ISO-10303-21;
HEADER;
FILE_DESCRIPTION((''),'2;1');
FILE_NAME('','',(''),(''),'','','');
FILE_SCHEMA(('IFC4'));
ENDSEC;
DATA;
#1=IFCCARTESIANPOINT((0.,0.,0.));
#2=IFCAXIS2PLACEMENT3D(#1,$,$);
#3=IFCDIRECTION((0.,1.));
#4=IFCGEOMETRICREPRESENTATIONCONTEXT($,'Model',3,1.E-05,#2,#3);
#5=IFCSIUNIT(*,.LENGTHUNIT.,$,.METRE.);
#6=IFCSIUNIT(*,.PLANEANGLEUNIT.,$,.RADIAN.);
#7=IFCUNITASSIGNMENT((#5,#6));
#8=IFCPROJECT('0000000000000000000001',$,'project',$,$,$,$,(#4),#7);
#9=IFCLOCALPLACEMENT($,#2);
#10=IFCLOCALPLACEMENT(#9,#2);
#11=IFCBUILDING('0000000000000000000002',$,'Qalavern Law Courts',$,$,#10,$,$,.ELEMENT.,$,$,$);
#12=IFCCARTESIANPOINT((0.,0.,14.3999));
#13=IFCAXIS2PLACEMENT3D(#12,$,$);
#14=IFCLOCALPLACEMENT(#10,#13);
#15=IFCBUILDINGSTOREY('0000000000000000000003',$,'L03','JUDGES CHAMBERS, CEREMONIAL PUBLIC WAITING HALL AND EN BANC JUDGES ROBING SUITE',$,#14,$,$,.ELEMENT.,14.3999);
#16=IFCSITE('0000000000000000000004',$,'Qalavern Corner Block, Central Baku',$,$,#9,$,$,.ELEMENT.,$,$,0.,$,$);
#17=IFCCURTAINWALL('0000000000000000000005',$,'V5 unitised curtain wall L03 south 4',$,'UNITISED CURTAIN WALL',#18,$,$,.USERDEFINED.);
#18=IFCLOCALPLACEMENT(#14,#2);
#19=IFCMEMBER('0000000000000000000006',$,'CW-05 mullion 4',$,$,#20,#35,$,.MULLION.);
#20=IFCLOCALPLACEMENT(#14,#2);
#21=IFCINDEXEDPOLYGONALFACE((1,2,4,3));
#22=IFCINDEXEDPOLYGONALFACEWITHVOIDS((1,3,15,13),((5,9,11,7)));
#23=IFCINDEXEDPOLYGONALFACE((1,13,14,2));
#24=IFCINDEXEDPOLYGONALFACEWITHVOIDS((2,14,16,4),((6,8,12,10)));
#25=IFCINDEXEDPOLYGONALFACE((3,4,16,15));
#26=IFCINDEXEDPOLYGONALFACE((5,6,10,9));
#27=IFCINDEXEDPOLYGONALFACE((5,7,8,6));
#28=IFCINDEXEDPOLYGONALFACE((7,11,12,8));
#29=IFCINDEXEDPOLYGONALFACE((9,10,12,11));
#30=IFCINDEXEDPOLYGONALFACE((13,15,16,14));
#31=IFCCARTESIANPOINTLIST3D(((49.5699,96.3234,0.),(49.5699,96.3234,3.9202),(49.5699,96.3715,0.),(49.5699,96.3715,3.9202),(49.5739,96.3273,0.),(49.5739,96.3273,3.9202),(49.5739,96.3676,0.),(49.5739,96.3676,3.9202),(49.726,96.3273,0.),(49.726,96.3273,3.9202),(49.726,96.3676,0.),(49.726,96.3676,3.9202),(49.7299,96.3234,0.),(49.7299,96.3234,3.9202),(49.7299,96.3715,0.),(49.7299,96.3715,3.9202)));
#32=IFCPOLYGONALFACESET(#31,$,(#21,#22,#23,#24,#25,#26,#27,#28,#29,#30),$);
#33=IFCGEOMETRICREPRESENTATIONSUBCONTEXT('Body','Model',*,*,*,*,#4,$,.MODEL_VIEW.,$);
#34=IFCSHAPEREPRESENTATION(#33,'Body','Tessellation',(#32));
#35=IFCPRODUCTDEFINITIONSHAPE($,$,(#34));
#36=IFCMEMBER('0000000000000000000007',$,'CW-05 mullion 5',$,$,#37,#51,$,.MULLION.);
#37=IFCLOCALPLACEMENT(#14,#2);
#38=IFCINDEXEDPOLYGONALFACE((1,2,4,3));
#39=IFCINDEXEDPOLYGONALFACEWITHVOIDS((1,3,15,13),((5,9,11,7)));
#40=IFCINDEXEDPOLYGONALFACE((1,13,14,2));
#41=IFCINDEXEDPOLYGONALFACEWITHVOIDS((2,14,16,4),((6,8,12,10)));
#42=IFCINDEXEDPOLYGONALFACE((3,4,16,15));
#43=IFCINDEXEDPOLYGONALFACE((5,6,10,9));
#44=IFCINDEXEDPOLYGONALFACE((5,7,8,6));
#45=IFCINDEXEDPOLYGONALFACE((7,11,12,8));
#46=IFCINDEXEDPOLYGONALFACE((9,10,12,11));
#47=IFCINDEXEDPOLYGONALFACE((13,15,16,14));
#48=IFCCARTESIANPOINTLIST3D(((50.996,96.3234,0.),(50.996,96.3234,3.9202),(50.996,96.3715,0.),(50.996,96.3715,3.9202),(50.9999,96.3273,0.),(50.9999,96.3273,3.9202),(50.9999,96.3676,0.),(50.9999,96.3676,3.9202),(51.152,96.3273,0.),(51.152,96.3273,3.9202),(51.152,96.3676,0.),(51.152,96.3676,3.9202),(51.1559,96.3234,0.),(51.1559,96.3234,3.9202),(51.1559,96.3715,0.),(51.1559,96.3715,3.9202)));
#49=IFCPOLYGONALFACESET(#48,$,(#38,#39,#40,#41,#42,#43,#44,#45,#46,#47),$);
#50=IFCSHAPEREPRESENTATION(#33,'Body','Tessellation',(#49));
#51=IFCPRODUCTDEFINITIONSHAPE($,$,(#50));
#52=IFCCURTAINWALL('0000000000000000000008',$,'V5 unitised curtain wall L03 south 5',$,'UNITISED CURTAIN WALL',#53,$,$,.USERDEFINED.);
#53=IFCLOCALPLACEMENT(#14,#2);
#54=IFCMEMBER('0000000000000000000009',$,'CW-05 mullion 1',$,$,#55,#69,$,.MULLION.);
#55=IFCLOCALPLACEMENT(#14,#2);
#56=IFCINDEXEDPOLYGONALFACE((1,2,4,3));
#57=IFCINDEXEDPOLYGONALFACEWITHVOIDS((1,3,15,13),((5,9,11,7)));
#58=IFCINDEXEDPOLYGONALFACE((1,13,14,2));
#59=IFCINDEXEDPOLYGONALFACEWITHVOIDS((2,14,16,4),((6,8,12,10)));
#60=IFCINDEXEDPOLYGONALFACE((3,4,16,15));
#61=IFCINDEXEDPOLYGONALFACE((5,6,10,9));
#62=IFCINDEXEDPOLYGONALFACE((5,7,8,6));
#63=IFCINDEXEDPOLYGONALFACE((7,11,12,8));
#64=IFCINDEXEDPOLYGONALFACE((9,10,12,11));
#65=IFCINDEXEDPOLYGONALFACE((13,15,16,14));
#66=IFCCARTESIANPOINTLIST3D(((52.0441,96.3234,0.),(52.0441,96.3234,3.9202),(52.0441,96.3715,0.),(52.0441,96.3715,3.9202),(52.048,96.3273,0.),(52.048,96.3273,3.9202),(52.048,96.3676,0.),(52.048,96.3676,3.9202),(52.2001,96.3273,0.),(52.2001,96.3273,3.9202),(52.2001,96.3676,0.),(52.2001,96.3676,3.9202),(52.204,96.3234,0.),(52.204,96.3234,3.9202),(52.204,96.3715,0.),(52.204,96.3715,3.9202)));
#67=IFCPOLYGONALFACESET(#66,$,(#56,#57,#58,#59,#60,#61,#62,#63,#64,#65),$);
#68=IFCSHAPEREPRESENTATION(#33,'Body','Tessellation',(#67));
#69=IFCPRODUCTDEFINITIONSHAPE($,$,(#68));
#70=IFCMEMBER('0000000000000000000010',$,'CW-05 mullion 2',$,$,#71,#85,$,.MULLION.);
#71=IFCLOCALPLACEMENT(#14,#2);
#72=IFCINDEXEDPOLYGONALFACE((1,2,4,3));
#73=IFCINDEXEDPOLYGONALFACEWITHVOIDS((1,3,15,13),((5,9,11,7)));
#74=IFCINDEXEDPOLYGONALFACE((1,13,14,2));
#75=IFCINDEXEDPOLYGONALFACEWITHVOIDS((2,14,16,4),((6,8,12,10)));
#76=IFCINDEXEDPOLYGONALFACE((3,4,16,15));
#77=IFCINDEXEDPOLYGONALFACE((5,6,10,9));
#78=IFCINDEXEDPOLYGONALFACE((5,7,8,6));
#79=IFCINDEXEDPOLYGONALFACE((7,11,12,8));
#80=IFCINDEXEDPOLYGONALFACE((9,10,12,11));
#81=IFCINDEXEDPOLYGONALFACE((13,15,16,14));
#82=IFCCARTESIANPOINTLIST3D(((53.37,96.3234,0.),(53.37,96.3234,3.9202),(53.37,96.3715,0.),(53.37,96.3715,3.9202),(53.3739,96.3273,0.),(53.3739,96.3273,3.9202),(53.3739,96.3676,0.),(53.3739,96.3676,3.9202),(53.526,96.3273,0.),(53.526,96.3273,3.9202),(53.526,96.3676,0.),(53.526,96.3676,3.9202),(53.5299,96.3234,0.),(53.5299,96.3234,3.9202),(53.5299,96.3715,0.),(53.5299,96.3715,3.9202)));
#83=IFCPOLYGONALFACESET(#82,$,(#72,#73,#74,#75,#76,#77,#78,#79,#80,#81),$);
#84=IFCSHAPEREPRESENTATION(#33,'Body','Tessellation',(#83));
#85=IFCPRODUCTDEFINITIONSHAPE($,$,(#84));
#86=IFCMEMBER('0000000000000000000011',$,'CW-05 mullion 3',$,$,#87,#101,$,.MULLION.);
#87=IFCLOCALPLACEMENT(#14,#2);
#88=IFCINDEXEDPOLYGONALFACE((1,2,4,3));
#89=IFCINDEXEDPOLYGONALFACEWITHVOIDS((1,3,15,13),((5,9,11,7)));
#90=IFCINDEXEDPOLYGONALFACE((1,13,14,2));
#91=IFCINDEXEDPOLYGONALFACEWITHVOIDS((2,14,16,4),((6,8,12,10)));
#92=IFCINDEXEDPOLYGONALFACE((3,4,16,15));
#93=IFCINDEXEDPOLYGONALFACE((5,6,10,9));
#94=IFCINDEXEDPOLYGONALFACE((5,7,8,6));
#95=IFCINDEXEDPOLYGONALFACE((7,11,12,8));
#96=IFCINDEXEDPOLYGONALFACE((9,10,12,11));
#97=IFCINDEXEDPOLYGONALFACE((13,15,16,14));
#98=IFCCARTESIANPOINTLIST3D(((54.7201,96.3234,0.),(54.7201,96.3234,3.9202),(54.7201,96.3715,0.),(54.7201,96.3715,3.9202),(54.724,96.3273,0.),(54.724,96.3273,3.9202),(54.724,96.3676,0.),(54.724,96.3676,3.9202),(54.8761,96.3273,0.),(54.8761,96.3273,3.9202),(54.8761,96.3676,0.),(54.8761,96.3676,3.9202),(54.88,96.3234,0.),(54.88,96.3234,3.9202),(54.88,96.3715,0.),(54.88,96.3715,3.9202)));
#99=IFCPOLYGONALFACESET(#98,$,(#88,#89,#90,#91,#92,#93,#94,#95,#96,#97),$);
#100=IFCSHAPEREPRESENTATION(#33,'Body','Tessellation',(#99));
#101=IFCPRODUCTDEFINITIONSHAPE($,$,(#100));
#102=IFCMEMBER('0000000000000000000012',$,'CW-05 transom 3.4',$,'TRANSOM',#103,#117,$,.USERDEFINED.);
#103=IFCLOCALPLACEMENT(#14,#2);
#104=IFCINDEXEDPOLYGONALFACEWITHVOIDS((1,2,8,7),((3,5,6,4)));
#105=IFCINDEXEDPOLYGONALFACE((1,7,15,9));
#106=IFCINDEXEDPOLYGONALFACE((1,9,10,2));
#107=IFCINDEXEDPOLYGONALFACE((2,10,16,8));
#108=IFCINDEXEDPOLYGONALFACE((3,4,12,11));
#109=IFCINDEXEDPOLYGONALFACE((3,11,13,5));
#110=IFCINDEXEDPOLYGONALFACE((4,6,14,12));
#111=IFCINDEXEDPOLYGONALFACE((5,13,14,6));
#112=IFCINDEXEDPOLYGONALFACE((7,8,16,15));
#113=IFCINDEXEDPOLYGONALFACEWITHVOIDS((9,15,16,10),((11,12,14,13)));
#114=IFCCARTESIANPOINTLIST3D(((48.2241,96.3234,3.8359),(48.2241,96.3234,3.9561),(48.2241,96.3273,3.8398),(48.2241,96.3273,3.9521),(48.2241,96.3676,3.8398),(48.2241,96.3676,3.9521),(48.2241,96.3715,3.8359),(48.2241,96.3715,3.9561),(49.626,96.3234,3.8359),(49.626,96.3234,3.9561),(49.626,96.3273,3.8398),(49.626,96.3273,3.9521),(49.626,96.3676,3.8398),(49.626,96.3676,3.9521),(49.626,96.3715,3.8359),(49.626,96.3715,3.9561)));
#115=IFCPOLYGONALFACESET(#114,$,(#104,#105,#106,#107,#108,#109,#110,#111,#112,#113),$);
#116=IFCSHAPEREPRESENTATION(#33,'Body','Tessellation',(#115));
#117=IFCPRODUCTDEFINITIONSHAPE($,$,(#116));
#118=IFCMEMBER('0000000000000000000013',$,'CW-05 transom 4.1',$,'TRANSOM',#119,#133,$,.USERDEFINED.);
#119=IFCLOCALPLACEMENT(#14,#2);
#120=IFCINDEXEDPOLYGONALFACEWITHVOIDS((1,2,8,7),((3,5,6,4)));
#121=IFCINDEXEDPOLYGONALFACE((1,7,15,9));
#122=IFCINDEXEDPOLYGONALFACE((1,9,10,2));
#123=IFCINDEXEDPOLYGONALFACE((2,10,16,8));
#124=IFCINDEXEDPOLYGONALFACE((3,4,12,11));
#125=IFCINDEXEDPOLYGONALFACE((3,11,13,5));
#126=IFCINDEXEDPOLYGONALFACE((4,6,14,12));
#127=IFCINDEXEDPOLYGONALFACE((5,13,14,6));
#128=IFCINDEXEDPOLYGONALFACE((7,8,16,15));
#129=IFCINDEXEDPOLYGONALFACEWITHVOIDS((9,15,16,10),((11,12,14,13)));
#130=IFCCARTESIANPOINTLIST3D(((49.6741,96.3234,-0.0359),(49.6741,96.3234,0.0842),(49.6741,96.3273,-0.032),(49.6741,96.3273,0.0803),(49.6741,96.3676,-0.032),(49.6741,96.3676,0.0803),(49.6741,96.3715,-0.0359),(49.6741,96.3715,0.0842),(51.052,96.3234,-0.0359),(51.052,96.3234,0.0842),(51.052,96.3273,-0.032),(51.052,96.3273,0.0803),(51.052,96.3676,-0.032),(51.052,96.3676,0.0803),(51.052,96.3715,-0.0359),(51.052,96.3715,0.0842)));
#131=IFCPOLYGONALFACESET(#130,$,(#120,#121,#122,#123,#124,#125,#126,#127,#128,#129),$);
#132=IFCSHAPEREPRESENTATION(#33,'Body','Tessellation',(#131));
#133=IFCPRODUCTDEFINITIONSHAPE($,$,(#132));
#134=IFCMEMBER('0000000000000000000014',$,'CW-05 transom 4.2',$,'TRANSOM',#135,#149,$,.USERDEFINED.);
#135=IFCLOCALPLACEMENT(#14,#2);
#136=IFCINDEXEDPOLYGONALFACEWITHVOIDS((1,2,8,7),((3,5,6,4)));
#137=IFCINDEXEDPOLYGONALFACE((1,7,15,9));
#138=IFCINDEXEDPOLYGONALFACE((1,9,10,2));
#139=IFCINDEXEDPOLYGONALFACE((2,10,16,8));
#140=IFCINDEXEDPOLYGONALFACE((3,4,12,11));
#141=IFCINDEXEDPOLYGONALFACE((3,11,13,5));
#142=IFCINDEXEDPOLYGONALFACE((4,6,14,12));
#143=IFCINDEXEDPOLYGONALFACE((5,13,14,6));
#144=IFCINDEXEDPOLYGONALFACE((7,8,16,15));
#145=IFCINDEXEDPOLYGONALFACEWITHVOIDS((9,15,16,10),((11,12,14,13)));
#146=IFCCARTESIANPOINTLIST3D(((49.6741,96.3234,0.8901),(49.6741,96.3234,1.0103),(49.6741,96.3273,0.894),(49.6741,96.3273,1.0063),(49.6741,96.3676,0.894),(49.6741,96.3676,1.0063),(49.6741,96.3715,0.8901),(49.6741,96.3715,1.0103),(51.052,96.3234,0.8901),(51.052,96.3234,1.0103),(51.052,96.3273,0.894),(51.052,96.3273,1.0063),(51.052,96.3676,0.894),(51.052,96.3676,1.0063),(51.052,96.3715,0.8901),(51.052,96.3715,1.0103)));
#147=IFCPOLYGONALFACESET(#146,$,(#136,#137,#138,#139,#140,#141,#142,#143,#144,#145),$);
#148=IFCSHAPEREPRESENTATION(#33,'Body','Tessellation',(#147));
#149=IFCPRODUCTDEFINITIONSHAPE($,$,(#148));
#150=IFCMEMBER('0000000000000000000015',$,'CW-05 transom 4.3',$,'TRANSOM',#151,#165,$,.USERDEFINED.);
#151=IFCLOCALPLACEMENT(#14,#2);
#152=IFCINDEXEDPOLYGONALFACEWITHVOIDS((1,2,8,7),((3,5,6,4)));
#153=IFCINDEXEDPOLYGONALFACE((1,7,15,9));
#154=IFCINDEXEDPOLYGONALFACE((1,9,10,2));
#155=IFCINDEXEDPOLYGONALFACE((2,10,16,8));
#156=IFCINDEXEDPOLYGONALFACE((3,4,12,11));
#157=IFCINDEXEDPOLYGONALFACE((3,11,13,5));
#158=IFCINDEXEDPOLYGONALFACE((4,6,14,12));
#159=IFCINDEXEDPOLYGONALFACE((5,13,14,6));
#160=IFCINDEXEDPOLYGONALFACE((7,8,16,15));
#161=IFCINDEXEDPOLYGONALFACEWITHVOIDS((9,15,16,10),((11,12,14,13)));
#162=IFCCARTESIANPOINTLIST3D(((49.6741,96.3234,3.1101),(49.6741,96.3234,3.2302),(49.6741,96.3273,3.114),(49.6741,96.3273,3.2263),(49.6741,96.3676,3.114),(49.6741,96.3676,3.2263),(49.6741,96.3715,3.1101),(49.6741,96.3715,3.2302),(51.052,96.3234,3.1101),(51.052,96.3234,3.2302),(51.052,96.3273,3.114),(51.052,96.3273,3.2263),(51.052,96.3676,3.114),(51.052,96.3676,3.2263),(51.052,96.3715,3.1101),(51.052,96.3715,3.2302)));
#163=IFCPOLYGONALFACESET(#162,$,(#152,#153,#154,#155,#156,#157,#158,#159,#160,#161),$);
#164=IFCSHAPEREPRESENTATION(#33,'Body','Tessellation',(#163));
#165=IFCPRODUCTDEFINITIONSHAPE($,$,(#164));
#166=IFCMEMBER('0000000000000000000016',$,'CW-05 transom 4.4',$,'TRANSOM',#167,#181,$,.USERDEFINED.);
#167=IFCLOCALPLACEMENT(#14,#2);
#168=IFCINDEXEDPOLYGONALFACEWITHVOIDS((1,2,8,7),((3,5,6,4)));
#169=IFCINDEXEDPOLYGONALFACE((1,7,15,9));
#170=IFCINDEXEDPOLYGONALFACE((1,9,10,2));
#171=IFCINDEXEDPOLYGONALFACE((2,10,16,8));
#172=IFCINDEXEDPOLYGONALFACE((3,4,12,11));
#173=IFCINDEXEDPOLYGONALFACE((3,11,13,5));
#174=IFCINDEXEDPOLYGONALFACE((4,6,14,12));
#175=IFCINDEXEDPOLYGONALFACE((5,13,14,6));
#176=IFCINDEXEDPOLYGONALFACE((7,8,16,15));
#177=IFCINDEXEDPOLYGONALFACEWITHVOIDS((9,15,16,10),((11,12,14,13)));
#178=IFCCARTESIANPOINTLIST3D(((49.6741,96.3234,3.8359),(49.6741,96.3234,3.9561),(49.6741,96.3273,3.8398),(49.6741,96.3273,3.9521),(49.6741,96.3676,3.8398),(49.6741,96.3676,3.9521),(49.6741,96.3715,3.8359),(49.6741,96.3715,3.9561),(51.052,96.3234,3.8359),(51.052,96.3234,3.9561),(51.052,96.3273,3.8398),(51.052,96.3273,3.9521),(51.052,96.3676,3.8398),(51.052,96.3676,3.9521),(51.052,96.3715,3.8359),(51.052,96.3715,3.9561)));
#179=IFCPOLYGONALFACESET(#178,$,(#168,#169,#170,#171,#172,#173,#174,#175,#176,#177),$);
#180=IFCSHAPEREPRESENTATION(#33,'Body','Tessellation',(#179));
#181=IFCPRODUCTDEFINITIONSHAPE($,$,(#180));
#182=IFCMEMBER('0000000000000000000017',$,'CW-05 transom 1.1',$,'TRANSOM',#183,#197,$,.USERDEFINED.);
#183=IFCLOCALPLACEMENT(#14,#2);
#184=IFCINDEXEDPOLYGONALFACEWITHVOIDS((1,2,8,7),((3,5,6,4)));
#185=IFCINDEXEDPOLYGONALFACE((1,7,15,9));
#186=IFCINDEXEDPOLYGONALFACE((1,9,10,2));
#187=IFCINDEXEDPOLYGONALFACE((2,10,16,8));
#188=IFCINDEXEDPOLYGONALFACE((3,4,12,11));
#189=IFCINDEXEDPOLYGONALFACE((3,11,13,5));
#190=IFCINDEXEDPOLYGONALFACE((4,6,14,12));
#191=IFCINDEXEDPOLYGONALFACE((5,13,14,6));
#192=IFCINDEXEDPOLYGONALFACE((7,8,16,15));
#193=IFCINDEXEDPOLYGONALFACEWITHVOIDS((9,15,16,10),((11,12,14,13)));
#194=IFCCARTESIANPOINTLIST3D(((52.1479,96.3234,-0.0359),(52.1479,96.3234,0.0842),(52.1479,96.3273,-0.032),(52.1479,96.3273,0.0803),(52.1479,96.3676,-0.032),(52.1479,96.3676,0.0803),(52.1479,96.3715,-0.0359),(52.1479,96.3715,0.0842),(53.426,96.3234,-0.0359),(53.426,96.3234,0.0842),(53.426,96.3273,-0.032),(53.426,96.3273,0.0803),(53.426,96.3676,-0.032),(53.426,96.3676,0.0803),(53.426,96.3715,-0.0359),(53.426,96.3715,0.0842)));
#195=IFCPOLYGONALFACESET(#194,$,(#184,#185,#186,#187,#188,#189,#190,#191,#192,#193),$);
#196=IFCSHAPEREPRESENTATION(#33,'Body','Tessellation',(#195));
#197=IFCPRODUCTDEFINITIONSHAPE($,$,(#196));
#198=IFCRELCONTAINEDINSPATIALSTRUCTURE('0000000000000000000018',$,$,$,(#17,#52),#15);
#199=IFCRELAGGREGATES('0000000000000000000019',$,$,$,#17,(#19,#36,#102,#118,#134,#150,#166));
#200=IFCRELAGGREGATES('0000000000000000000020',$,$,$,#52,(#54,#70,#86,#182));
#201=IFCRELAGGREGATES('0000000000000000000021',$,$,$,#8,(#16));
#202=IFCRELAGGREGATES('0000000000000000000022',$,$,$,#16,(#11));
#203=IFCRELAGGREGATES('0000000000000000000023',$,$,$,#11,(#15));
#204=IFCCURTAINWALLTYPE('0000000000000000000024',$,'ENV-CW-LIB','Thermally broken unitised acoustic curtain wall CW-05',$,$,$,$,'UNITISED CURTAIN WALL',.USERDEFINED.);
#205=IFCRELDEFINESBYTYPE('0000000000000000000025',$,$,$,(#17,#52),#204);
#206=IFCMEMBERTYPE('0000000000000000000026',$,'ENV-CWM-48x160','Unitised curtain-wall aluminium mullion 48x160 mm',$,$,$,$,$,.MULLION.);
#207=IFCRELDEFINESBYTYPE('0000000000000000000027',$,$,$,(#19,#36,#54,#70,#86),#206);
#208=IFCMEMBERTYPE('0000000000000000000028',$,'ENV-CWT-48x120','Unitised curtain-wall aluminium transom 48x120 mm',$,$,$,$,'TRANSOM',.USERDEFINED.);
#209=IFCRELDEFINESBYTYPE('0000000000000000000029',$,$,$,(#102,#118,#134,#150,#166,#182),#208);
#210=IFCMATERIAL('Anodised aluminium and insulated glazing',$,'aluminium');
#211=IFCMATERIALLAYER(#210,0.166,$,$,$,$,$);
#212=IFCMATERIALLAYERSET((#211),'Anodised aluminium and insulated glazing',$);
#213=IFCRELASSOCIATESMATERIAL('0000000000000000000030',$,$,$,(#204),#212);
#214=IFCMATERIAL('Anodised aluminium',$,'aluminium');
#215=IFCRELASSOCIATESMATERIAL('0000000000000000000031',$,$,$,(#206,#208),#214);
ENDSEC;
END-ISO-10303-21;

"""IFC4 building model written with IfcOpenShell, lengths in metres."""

from ifc_helpers import new_model, si_unit, direction, frame, origin, origin_2d, place, context, subcontext, project, spatial, hollow_rectangle, extrude, material, layer, layer_set, material_profile, profile_set, type_object, element, aggregate, save


model = new_model("IFC4")

# Units and contexts
model_context = context("Model", 3, precision=1e-05, world=origin(), true_north=direction((0.0, 1.0)))
body_context = subcontext(model_context, "Body", "Model", "MODEL_VIEW")
ifc_project = project(units=[si_unit("LENGTHUNIT", "METRE"), si_unit("PLANEANGLEUNIT", "RADIAN")], contexts=[model_context])

# Site, building, storey
site_placement = place(None, origin())
site = spatial("IfcSite", under=ifc_project, at=site_placement, Name="Qalavern Corner Block, Central Baku", CompositionType="ELEMENT", RefElevation=0.0)
building_placement = place(site_placement, origin())
building = spatial("IfcBuilding", under=site, at=building_placement, Name="Qalavern Law Courts", CompositionType="ELEMENT")
storey_placement = place(building_placement, frame((0.0, 0.0, 14.3999)))
storey = spatial("IfcBuildingStorey", under=building, at=storey_placement, Name="L03", Description="JUDGES CHAMBERS, CEREMONIAL PUBLIC WAITING HALL AND EN BANC JUDGES ROBING SUITE", CompositionType="ELEMENT", Elevation=14.3999)

# Curtain walls, members
ifc_material_1 = material(Name="Anodised aluminium and insulated glazing", Category="aluminium")
ifc_layer_1 = layer(ifc_material_1, 0.166)
ifc_layer_set_1 = layer_set([ifc_layer_1], Name="Anodised aluminium and insulated glazing")
curtain_wall_type = type_object("IfcCurtainWallType", Name="ENV-CW-LIB", Description="Thermally broken unitised acoustic curtain wall CW-05", ElementType="UNITISED CURTAIN WALL", PredefinedType="USERDEFINED", material=ifc_layer_set_1)
curtain_wall_1_placement = place(storey_placement, origin())
curtain_wall_1 = element("IfcCurtainWall", 1, at=curtain_wall_1_placement, inside=storey, type_object=curtain_wall_type, Name="V5 unitised curtain wall L03 south 4", ObjectType="UNITISED CURTAIN WALL", PredefinedType="USERDEFINED")
ifc_material_2 = material(Name="Anodised aluminium", Category="aluminium")
ifc_material_profile_1 = material_profile(ifc_material_2, hollow_rectangle(XDim=0.0481, YDim=0.1599, WallThickness=0.0039, at=origin_2d()), Name="ALU MULLION 48x160")
ifc_profile_set_1 = profile_set([ifc_material_profile_1], Name="Anodised aluminium")
member_type_1 = type_object("IfcMemberType", Name="ENV-CWM-48x160", Description="Unitised curtain-wall aluminium mullion 48x160 mm", PredefinedType="MULLION", material=ifc_profile_set_1)
member_1_placement = place(storey_placement, frame((49.6499, 96.3474, 0.0), z_axis=(0.0, 0.0, 1.0), x_axis=(0.0, 1.0, 0.0)))
member_1 = element("IfcMember", 2, at=member_1_placement, type_object=member_type_1, Name="CW-05 mullion 4", PredefinedType="MULLION", context=body_context, shape_type="SweptSolid", body=[
    extrude(hollow_rectangle(XDim=0.0481, YDim=0.1599, WallThickness=0.0039, at=origin_2d()), origin(), (0.0, 0.0, 1.0), 3.9202),
])
member_2_placement = place(storey_placement, frame((51.0759, 96.3474, 0.0), z_axis=(0.0, 0.0, 1.0), x_axis=(0.0, 1.0, 0.0)))
member_2 = element("IfcMember", 3, at=member_2_placement, type_object=member_type_1, Name="CW-05 mullion 5", PredefinedType="MULLION", context=body_context, shape_type="SweptSolid", body=[
    extrude(hollow_rectangle(XDim=0.0481, YDim=0.1599, WallThickness=0.0039, at=origin_2d()), origin(), (0.0, 0.0, 1.0), 3.9202),
])
curtain_wall_2_placement = place(storey_placement, origin())
curtain_wall_2 = element("IfcCurtainWall", 4, at=curtain_wall_2_placement, inside=storey, type_object=curtain_wall_type, Name="V5 unitised curtain wall L03 south 5", ObjectType="UNITISED CURTAIN WALL", PredefinedType="USERDEFINED")
member_3_placement = place(storey_placement, frame((52.124, 96.3474, 0.0), z_axis=(0.0, 0.0, 1.0), x_axis=(0.0, 1.0, 0.0)))
member_3 = element("IfcMember", 5, at=member_3_placement, type_object=member_type_1, Name="CW-05 mullion 1", PredefinedType="MULLION", context=body_context, shape_type="SweptSolid", body=[
    extrude(hollow_rectangle(XDim=0.0481, YDim=0.1599, WallThickness=0.0039, at=origin_2d()), origin(), (0.0, 0.0, 1.0), 3.9202),
])
member_4_placement = place(storey_placement, frame((53.45, 96.3474, 0.0), z_axis=(0.0, 0.0, 1.0), x_axis=(0.0, 1.0, 0.0)))
member_4 = element("IfcMember", 6, at=member_4_placement, type_object=member_type_1, Name="CW-05 mullion 2", PredefinedType="MULLION", context=body_context, shape_type="SweptSolid", body=[
    extrude(hollow_rectangle(XDim=0.0481, YDim=0.1599, WallThickness=0.0039, at=origin_2d()), origin(), (0.0, 0.0, 1.0), 3.9202),
])
member_5_placement = place(storey_placement, frame((54.8, 96.3474, 0.0), z_axis=(0.0, 0.0, 1.0), x_axis=(0.0, 1.0, 0.0)))
member_5 = element("IfcMember", 7, at=member_5_placement, type_object=member_type_1, Name="CW-05 mullion 3", PredefinedType="MULLION", context=body_context, shape_type="SweptSolid", body=[
    extrude(hollow_rectangle(XDim=0.0481, YDim=0.1599, WallThickness=0.0039, at=origin_2d()), origin(), (0.0, 0.0, 1.0), 3.9202),
])

# Members
ifc_material_profile_2 = material_profile(ifc_material_2, hollow_rectangle(XDim=0.0481, YDim=0.1201, WallThickness=0.0039, at=origin_2d()), Name="ALU TRANSOM 48x120")
ifc_profile_set_2 = profile_set([ifc_material_profile_2], Name="Anodised aluminium")
member_type_2 = type_object("IfcMemberType", Name="ENV-CWT-48x120", Description="Unitised curtain-wall aluminium transom 48x120 mm", ElementType="TRANSOM", PredefinedType="USERDEFINED", material=ifc_profile_set_2)
member_6_placement = place(storey_placement, frame((48.2241, 96.3474, 3.896), z_axis=(1.0, 0.0, 0.0), x_axis=(0.0, 1.0, 0.0)))
member_6 = element("IfcMember", 8, at=member_6_placement, type_object=member_type_2, Name="CW-05 transom 3.4", ObjectType="TRANSOM", PredefinedType="USERDEFINED", context=body_context, shape_type="SweptSolid", body=[
    extrude(hollow_rectangle(XDim=0.0481, YDim=0.1201, WallThickness=0.0039, at=origin_2d()), origin(), (0.0, 0.0, 1.0), 1.4019),
])
member_7_placement = place(storey_placement, frame((49.6741, 96.3474, 0.0242), z_axis=(1.0, 0.0, 0.0), x_axis=(0.0, 1.0, 0.0)))
member_7 = element("IfcMember", 9, at=member_7_placement, type_object=member_type_2, Name="CW-05 transom 4.1", ObjectType="TRANSOM", PredefinedType="USERDEFINED", context=body_context, shape_type="SweptSolid", body=[
    extrude(hollow_rectangle(XDim=0.0481, YDim=0.1201, WallThickness=0.0039, at=origin_2d()), origin(), (0.0, 0.0, 1.0), 1.3779),
])
member_8_placement = place(storey_placement, frame((49.6741, 96.3474, 0.9502), z_axis=(1.0, 0.0, 0.0), x_axis=(0.0, 1.0, 0.0)))
member_8 = element("IfcMember", 10, at=member_8_placement, type_object=member_type_2, Name="CW-05 transom 4.2", ObjectType="TRANSOM", PredefinedType="USERDEFINED", context=body_context, shape_type="SweptSolid", body=[
    extrude(hollow_rectangle(XDim=0.0481, YDim=0.1201, WallThickness=0.0039, at=origin_2d()), origin(), (0.0, 0.0, 1.0), 1.3779),
])
member_9_placement = place(storey_placement, frame((49.6741, 96.3474, 3.1702), z_axis=(1.0, 0.0, 0.0), x_axis=(0.0, 1.0, 0.0)))
member_9 = element("IfcMember", 11, at=member_9_placement, type_object=member_type_2, Name="CW-05 transom 4.3", ObjectType="TRANSOM", PredefinedType="USERDEFINED", context=body_context, shape_type="SweptSolid", body=[
    extrude(hollow_rectangle(XDim=0.0481, YDim=0.1201, WallThickness=0.0039, at=origin_2d()), origin(), (0.0, 0.0, 1.0), 1.3779),
])
member_10_placement = place(storey_placement, frame((49.6741, 96.3474, 3.896), z_axis=(1.0, 0.0, 0.0), x_axis=(0.0, 1.0, 0.0)))
member_10 = element("IfcMember", 12, at=member_10_placement, type_object=member_type_2, Name="CW-05 transom 4.4", ObjectType="TRANSOM", PredefinedType="USERDEFINED", context=body_context, shape_type="SweptSolid", body=[
    extrude(hollow_rectangle(XDim=0.0481, YDim=0.1201, WallThickness=0.0039, at=origin_2d()), origin(), (0.0, 0.0, 1.0), 1.3779),
])
member_11_placement = place(storey_placement, frame((52.1479, 96.3474, 0.0242), z_axis=(1.0, 0.0, 0.0), x_axis=(0.0, 1.0, 0.0)))
member_11 = element("IfcMember", 13, at=member_11_placement, type_object=member_type_2, Name="CW-05 transom 1.1", ObjectType="TRANSOM", PredefinedType="USERDEFINED", context=body_context, shape_type="SweptSolid", body=[
    extrude(hollow_rectangle(XDim=0.0481, YDim=0.1201, WallThickness=0.0039, at=origin_2d()), origin(), (0.0, 0.0, 1.0), 1.2781),
])

aggregate(curtain_wall_1, [member_1, member_2, member_6, member_7, member_8, member_9, member_10])
aggregate(curtain_wall_2, [member_3, member_4, member_5, member_11])

save(model, "model.ifc")
